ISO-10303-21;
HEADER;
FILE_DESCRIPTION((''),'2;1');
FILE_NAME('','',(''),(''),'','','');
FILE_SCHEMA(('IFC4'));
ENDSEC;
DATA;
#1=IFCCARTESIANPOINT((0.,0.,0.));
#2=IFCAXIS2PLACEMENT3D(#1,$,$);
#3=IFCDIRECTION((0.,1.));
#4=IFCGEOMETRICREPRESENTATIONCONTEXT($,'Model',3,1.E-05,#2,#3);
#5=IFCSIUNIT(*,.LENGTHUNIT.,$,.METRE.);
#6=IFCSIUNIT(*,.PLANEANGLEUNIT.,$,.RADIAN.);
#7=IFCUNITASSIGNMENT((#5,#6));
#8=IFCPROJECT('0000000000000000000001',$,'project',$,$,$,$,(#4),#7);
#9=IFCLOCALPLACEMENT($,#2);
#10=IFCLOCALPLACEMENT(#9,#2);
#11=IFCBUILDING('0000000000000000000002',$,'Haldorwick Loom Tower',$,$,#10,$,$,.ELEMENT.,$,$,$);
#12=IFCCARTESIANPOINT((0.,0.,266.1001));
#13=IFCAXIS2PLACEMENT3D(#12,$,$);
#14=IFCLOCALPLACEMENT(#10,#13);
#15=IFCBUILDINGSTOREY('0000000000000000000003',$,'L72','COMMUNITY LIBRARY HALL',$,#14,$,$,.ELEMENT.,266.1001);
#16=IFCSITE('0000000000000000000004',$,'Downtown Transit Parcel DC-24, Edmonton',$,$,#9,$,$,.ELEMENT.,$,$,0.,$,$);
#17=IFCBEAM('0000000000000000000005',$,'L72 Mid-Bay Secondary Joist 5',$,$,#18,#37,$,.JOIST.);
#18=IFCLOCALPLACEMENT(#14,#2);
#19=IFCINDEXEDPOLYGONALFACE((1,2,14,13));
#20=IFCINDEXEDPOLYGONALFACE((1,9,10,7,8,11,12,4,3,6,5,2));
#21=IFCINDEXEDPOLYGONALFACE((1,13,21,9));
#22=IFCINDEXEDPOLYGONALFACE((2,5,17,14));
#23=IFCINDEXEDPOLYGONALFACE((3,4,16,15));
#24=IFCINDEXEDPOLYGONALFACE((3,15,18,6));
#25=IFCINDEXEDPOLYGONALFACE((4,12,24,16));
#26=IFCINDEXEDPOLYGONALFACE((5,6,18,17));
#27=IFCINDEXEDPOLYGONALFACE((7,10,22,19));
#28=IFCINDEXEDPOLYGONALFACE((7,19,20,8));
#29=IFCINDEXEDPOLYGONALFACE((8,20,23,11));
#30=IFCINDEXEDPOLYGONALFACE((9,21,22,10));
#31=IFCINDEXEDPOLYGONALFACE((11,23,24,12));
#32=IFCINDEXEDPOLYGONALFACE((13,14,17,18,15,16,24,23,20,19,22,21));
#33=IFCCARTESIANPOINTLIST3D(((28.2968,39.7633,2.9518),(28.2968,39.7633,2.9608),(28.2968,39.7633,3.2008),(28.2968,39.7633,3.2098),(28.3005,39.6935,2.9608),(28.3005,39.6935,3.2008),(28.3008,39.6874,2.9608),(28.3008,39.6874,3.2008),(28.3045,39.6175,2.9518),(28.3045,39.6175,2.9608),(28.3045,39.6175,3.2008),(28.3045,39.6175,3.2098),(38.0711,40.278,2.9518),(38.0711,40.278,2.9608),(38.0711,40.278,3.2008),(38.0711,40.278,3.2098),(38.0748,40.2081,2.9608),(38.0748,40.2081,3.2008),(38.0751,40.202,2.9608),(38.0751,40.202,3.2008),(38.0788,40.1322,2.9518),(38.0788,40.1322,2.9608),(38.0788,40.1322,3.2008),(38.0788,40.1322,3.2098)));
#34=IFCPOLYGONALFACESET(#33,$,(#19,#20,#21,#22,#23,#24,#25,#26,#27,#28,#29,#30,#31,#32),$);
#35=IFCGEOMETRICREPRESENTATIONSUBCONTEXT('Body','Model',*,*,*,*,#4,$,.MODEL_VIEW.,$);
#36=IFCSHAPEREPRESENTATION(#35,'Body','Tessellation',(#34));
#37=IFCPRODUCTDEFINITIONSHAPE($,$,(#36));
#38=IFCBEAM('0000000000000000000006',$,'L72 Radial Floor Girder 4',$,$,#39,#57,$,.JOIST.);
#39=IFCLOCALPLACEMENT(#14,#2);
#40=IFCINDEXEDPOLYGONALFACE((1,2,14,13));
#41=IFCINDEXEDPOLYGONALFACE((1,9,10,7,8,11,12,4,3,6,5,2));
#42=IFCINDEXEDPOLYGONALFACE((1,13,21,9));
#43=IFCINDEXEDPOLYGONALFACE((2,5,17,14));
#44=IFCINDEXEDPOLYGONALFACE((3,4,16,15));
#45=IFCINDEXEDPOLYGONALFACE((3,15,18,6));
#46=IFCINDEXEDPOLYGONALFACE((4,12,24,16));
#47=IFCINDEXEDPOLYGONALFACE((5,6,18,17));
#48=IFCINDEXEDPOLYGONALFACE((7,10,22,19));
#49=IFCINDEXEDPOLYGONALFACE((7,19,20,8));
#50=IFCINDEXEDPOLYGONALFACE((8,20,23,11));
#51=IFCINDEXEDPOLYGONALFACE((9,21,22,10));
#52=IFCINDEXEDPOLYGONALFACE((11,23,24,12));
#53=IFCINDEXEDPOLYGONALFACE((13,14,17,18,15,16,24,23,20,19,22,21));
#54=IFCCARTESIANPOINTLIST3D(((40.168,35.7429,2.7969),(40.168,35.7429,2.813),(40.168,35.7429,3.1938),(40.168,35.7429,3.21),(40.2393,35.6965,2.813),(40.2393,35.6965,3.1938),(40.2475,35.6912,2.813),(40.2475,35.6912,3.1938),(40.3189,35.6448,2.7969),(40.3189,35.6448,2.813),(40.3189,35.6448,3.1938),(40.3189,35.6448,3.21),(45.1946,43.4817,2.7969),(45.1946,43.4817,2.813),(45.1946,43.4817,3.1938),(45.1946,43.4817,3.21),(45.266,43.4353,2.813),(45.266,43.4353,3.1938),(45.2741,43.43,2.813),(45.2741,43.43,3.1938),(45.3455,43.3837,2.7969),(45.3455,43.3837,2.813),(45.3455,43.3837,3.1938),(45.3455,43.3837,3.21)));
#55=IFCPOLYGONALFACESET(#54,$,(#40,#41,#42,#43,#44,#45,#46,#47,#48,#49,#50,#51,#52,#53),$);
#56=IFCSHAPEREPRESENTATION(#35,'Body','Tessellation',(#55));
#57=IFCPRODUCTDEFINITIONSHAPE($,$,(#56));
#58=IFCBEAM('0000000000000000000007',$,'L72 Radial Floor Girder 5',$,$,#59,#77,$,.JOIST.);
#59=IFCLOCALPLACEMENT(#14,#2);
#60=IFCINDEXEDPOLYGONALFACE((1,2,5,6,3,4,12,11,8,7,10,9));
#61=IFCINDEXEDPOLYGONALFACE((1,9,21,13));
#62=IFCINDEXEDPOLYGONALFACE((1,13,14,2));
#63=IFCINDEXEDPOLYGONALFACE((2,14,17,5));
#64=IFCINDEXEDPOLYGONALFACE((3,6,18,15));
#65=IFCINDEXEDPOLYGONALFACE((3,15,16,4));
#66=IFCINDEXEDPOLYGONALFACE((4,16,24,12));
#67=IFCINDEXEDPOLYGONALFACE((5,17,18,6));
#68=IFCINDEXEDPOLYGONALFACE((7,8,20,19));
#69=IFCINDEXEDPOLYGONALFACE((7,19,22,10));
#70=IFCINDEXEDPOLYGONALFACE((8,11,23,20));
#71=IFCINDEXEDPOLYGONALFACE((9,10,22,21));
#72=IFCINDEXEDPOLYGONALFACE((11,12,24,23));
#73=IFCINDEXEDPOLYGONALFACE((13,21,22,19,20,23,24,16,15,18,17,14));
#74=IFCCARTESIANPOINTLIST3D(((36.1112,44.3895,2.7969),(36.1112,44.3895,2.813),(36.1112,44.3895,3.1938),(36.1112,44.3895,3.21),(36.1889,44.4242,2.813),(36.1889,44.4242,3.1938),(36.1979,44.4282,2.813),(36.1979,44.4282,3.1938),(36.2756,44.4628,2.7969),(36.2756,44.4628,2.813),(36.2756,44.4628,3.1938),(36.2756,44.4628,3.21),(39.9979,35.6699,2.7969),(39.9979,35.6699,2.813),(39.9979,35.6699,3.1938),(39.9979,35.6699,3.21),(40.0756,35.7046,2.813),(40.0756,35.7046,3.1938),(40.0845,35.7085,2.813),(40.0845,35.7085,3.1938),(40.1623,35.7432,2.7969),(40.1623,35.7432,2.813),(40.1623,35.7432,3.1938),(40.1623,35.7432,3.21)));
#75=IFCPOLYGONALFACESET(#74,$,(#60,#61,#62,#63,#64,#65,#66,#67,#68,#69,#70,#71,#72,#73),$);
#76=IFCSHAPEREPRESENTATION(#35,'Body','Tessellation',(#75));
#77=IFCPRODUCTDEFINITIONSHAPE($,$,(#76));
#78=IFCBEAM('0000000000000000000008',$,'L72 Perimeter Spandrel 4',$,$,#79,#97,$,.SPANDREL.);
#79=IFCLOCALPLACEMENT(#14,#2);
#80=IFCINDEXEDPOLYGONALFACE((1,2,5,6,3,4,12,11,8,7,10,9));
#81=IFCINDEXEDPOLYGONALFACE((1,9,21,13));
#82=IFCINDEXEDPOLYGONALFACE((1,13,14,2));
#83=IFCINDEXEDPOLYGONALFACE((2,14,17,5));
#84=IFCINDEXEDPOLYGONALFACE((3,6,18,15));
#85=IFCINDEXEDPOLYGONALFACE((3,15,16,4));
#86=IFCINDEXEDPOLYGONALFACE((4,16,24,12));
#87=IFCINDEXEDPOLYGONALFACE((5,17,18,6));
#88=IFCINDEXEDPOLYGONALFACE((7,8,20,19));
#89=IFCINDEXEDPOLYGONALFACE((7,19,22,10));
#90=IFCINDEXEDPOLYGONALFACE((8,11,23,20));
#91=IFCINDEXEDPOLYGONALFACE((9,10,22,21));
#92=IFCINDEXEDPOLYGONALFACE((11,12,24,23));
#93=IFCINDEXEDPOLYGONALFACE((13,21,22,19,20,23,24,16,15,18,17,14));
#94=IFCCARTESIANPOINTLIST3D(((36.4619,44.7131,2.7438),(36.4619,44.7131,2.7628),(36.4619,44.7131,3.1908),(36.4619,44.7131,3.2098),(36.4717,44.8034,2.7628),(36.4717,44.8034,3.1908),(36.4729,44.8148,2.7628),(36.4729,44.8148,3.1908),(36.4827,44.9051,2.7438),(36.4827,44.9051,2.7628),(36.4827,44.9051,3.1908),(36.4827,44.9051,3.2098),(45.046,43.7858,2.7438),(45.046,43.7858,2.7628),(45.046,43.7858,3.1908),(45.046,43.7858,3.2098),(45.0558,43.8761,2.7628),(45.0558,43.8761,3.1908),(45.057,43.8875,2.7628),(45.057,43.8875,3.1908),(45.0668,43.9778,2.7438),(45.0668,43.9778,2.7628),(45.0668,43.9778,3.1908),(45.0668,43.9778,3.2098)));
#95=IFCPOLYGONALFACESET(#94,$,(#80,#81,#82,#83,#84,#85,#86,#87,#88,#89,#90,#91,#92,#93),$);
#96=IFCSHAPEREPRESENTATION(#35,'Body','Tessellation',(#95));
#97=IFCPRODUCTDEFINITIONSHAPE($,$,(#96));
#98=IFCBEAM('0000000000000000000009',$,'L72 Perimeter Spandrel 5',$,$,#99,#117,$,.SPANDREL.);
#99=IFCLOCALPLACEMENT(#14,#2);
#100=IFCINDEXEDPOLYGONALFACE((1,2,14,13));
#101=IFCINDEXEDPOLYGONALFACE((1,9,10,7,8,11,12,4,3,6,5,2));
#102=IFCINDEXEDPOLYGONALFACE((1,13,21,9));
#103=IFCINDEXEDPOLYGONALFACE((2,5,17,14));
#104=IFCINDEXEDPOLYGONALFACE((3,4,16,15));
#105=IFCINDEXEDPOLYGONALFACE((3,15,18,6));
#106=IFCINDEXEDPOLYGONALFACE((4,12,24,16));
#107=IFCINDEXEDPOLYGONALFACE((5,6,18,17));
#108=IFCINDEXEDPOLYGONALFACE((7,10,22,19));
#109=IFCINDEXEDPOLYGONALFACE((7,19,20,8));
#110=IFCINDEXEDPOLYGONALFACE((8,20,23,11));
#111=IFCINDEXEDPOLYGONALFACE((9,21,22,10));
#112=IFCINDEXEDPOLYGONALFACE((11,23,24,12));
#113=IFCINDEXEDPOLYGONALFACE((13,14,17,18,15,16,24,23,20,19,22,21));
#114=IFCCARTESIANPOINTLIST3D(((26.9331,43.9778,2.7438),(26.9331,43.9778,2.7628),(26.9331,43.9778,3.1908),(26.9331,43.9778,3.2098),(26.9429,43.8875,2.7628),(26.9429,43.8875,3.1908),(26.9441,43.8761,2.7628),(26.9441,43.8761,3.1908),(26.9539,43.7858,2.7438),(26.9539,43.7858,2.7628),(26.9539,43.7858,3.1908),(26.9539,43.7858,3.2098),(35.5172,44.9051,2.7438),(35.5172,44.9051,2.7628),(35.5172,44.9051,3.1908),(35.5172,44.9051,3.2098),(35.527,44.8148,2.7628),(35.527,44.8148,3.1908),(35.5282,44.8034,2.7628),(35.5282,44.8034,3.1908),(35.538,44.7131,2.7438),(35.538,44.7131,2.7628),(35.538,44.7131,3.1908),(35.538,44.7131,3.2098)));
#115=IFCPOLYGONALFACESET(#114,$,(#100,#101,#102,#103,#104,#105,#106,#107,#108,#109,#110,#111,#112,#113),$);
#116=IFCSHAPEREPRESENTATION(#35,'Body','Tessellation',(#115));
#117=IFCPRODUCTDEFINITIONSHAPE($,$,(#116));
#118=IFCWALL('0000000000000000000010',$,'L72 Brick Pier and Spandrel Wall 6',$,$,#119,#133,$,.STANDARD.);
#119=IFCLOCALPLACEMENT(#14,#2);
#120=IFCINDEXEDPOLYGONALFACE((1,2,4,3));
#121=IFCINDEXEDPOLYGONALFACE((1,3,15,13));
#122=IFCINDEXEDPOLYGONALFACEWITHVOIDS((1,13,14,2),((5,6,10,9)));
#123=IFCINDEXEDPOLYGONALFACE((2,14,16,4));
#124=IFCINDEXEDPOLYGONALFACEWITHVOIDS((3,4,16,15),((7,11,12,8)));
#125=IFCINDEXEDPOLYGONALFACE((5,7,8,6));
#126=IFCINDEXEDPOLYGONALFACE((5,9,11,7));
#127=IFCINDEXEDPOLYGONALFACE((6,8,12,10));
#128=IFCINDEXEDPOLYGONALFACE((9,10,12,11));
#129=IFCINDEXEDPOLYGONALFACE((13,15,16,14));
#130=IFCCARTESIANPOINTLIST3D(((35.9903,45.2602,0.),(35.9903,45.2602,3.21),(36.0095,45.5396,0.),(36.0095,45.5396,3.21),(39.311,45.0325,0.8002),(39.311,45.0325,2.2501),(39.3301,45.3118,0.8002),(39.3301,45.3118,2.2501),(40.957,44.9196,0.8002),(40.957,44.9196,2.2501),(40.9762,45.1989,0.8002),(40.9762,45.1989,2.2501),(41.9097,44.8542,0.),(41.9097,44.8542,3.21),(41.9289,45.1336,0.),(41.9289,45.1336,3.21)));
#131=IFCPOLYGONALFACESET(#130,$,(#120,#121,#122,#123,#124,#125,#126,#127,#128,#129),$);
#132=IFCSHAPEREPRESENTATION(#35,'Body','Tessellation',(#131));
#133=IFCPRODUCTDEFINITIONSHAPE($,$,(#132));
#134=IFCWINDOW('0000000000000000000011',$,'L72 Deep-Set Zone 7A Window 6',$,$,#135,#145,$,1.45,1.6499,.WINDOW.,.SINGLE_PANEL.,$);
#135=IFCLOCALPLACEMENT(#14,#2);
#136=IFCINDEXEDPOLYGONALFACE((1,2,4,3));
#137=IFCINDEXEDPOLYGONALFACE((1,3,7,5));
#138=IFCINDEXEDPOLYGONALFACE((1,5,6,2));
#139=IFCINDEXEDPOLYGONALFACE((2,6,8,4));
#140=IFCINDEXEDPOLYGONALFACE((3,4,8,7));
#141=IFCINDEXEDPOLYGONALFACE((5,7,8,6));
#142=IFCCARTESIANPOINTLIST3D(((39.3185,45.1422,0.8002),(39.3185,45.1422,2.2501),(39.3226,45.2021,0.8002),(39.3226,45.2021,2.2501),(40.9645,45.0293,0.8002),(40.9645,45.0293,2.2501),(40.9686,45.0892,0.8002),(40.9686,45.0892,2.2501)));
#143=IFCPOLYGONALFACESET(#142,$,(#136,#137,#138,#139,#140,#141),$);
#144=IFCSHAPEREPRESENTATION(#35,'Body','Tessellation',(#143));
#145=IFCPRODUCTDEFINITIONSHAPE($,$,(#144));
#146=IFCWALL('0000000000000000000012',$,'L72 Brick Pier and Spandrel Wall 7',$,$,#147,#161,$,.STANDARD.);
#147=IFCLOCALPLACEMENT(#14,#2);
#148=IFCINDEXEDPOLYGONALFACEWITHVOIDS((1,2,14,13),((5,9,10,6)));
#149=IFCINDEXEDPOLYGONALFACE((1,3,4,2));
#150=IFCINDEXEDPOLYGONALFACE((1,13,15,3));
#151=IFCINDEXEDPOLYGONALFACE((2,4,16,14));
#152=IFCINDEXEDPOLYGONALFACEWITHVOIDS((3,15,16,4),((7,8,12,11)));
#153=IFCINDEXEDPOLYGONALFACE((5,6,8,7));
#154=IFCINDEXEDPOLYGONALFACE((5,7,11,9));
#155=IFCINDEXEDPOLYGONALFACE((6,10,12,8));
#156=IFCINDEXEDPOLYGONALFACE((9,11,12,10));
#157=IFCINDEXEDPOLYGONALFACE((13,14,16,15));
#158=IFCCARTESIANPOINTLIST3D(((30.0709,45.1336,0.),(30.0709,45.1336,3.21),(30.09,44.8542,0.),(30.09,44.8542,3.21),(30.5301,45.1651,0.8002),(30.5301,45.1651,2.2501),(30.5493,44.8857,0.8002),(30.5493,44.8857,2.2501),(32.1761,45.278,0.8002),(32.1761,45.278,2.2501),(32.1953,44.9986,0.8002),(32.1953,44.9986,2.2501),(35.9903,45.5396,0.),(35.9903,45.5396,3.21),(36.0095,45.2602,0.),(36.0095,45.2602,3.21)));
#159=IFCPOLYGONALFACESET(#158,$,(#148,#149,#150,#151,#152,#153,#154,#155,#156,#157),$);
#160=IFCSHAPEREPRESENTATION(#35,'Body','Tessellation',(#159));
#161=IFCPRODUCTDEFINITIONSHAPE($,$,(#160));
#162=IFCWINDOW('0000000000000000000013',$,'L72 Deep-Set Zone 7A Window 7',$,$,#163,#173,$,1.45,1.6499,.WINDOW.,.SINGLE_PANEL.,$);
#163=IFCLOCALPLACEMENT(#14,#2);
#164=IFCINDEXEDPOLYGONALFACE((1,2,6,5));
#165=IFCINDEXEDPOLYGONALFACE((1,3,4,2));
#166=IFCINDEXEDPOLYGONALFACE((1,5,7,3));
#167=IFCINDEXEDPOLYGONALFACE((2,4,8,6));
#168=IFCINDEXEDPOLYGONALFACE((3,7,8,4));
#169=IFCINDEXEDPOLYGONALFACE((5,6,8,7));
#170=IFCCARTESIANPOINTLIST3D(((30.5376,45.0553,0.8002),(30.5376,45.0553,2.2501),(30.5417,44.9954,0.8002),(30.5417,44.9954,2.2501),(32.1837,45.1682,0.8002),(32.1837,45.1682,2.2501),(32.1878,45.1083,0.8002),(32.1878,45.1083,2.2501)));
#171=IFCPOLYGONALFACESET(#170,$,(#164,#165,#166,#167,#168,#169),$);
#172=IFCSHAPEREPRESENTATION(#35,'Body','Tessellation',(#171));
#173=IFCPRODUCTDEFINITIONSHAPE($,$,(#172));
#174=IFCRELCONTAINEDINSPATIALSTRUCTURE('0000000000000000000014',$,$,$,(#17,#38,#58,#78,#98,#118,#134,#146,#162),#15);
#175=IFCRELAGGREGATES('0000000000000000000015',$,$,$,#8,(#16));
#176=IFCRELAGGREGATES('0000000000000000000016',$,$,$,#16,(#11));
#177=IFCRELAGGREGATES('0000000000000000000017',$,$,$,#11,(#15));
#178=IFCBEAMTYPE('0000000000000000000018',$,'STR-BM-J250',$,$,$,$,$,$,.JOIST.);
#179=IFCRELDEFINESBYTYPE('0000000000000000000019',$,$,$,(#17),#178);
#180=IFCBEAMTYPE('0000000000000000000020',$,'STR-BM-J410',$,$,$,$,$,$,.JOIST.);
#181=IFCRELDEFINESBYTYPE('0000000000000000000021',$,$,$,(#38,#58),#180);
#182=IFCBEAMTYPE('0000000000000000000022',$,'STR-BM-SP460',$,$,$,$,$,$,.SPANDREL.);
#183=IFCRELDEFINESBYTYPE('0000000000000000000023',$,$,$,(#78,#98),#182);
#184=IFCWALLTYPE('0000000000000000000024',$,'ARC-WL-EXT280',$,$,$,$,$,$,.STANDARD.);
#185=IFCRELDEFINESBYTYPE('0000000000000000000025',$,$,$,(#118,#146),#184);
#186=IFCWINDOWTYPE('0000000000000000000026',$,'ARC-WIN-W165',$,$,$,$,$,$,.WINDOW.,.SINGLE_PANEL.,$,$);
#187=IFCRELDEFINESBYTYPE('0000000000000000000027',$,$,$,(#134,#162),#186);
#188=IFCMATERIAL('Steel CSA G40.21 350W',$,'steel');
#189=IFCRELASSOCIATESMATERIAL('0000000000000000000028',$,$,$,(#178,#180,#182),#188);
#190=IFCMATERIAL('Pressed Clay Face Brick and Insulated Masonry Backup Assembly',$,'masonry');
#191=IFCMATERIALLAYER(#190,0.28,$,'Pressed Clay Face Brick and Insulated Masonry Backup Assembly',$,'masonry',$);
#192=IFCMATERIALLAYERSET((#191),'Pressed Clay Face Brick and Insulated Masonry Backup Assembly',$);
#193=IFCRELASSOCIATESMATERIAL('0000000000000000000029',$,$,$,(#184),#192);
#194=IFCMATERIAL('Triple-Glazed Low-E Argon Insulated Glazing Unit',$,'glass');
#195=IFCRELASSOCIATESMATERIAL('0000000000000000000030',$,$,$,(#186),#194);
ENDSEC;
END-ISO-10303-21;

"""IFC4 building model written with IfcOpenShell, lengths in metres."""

from ifc_helpers import new_model, si_unit, direction, frame, frame_2d, origin, origin_2d, place, context, subcontext, project, spatial, rectangle, i_section, extrude, material, layer, layer_set, material_profile, profile_set, type_object, element, fill, save


model = new_model("IFC4")

# Units and contexts
model_context = context("Model", 3, precision=1e-05, world=origin(), true_north=direction((0.0, 1.0)))
body_context = subcontext(model_context, "Body", "Model", "MODEL_VIEW")
ifc_project = project(units=[si_unit("LENGTHUNIT", "METRE"), si_unit("PLANEANGLEUNIT", "RADIAN")], contexts=[model_context])

# Site, building, storey
site_placement = place(None, origin())
site = spatial("IfcSite", under=ifc_project, at=site_placement, Name="Downtown Transit Parcel DC-24, Edmonton", CompositionType="ELEMENT", RefElevation=0.0)
building_placement = place(site_placement, origin())
building = spatial("IfcBuilding", under=site, at=building_placement, Name="Haldorwick Loom Tower", CompositionType="ELEMENT")
storey_placement = place(building_placement, frame((0.0, 0.0, 266.1001)))
storey = spatial("IfcBuildingStorey", under=building, at=storey_placement, Name="L72", Description="COMMUNITY LIBRARY HALL", CompositionType="ELEMENT", Elevation=266.1001)

# Shared definitions
ifc_material_1 = material(Name="Steel CSA G40.21 350W", Category="steel")

# Beams
ifc_material_profile_1 = material_profile(ifc_material_1, i_section(OverallWidth=0.146, OverallDepth=0.2581, WebThickness=0.0061, FlangeThickness=0.009, at=origin_2d()), Name="W250X33", Category="steel")
ifc_profile_set_1 = profile_set([ifc_material_profile_1], Name="Steel CSA G40.21 350W")
beam_type_1 = type_object("IfcBeamType", Name="STR-BM-J250", PredefinedType="JOIST", material=ifc_profile_set_1)
beam_1_placement = place(storey_placement, frame((38.075, 40.2051, 3.0808), z_axis=(-0.998617, -0.05258, 0.0), x_axis=(0.05258, -0.998617, 0.0)))
element("IfcBeam", 1, at=beam_1_placement, inside=storey, type_object=beam_type_1, Name="L72 Mid-Bay Secondary Joist 5", PredefinedType="JOIST", context=body_context, shape_type="SweptSolid", body=[
    extrude(i_section(OverallWidth=0.146, OverallDepth=0.2581, WebThickness=0.0061, FlangeThickness=0.009, at=origin_2d()), origin(), (0.0, 0.0, 1.0), 9.7878),
])
ifc_material_profile_2 = material_profile(ifc_material_1, i_section(OverallWidth=0.1799, OverallDepth=0.4131, WebThickness=0.0098, FlangeThickness=0.0161, at=origin_2d()), Name="W410X74", Category="steel")
ifc_profile_set_2 = profile_set([ifc_material_profile_2], Name="Steel CSA G40.21 350W")
beam_type_2 = type_object("IfcBeamType", Name="STR-BM-J410", PredefinedType="JOIST", material=ifc_profile_set_2)
beam_2_placement = place(storey_placement, frame((40.2434, 35.6938, 3.0034), z_axis=(0.544715, 0.838621, 0.0), x_axis=(-0.838621, 0.544715, 0.0)))
element("IfcBeam", 2, at=beam_2_placement, inside=storey, type_object=beam_type_2, Name="L72 Radial Floor Girder 4", PredefinedType="JOIST", context=body_context, shape_type="SweptSolid", body=[
    extrude(i_section(OverallWidth=0.1799, OverallDepth=0.4131, WebThickness=0.0098, FlangeThickness=0.0161, at=origin_2d()), origin(), (0.0, 0.0, 1.0), 9.228),
])
beam_3_placement = place(storey_placement, frame((40.0801, 35.7065, 3.0034), z_axis=(-0.407125, 0.913372, 0.0), x_axis=(-0.913372, -0.407125, 0.0)))
element("IfcBeam", 3, at=beam_3_placement, inside=storey, type_object=beam_type_2, Name="L72 Radial Floor Girder 5", PredefinedType="JOIST", context=body_context, shape_type="SweptSolid", body=[
    extrude(i_section(OverallWidth=0.1799, OverallDepth=0.4131, WebThickness=0.0098, FlangeThickness=0.0161, at=origin_2d()), origin(), (0.0, 0.0, 1.0), 9.5466),
])
ifc_material_profile_3 = material_profile(ifc_material_1, i_section(OverallWidth=0.1931, OverallDepth=0.4661, WebThickness=0.0115, FlangeThickness=0.019, at=origin_2d()), Name="W460X97", Category="steel")
ifc_profile_set_3 = profile_set([ifc_material_profile_3], Name="Steel CSA G40.21 350W")
beam_type_3 = type_object("IfcBeamType", Name="STR-BM-SP460", PredefinedType="SPANDREL", material=ifc_profile_set_3)
for number, where, z_axis, x_axis, name in (
    (4, (45.0564, 43.8818, 2.9768), (-0.994216, 0.107396, 0.0), (-0.107396, -0.994216, 0.0), "L72 Perimeter Spandrel 4"),
    (5, (35.5276, 44.8091, 2.9768), (-0.994216, -0.107396, 0.0), (0.107396, -0.994216, 0.0), "L72 Perimeter Spandrel 5"),
):
    element("IfcBeam", number, at=place(storey_placement, frame(where, z_axis=z_axis, x_axis=x_axis)), inside=storey, type_object=beam_type_3, Name=name, PredefinedType="SPANDREL", context=body_context, shape_type="SweptSolid", body=[
        extrude(i_section(OverallWidth=0.1931, OverallDepth=0.4661, WebThickness=0.0115, FlangeThickness=0.019, at=origin_2d()), origin(), (0.0, 0.0, 1.0), 8.634),
    ])

# Walls, openings, windows
ifc_material_2 = material(Name="Pressed Clay Face Brick and Insulated Masonry Backup Assembly", Category="masonry")
ifc_layer = layer(ifc_material_2, 0.28, Name="Pressed Clay Face Brick and Insulated Masonry Backup Assembly", Category="masonry")
ifc_layer_set = layer_set([ifc_layer], Name="Pressed Clay Face Brick and Insulated Masonry Backup Assembly")
wall_type = type_object("IfcWallType", Name="ARC-WL-EXT280", PredefinedType="STANDARD", material=ifc_layer_set)
wall_1_placement = place(storey_placement, frame((41.9194, 44.9939, 0.0), z_axis=(0.0, 0.0, 1.0), x_axis=(-0.997656, 0.068428, 0.0)))
wall_1 = element("IfcWall", 6, at=wall_1_placement, inside=storey, type_object=wall_type, Name="L72 Brick Pier and Spandrel Wall 6", PredefinedType="STANDARD", context=body_context, shape_type="SweptSolid", body=[
    extrude(rectangle(XDim=5.9333, YDim=0.28, at=frame_2d((2.9668, 0.0))), origin(), (0.0, 0.0, 1.0), 3.21),
])
opening_1_placement = place(wall_1_placement, frame((0.9551, 0.0, 0.8)))
opening_1 = element("IfcOpeningElement", 7, at=opening_1_placement, cuts=wall_1, PredefinedType="OPENING", context=body_context, shape_type="SweptSolid", body=[
    extrude(rectangle(XDim=1.6499, YDim=1.45, at=frame_2d((0.825, 0.7251))), frame((0.0, 0.1499, 0.0), z_axis=(0.0, -1.0, 0.0), x_axis=(1.0, 0.0, 0.0)), (0.0, 0.0, 1.0), 0.3),
])
ifc_material_3 = material(Name="Triple-Glazed Low-E Argon Insulated Glazing Unit", Category="glass")
window_type = type_object("IfcWindowType", Name="ARC-WIN-W165", PartitioningType="SINGLE_PANEL", PredefinedType="WINDOW", material=ifc_material_3)
window_1_placement = place(opening_1_placement, origin())
window_1 = element("IfcWindow", 8, at=window_1_placement, inside=storey, type_object=window_type, Name="L72 Deep-Set Zone 7A Window 6", OverallHeight=1.45, OverallWidth=1.6499, PartitioningType="SINGLE_PANEL", PredefinedType="WINDOW", context=body_context, shape_type="SweptSolid", body=[
    extrude(rectangle(XDim=1.6499, YDim=1.45, at=frame_2d((0.825, 0.7251))), frame((0.0, 0.03, 0.0), z_axis=(0.0, -1.0, 0.0), x_axis=(1.0, 0.0, 0.0)), (0.0, 0.0, 1.0), 0.0601),
])
fill(opening_1, window_1)
wall_2_placement = place(storey_placement, frame((36.0, 45.3999, 0.0), z_axis=(0.0, 0.0, 1.0), x_axis=(-0.997656, -0.068428, 0.0)))
wall_2 = element("IfcWall", 9, at=wall_2_placement, inside=storey, type_object=wall_type, Name="L72 Brick Pier and Spandrel Wall 7", PredefinedType="STANDARD", context=body_context, shape_type="SweptSolid", body=[
    extrude(rectangle(XDim=5.9333, YDim=0.28, at=frame_2d((2.9668, 0.0))), origin(), (0.0, 0.0, 1.0), 3.21),
])
opening_2_placement = place(wall_2_placement, frame((3.8232, 0.0, 0.8)))
opening_2 = element("IfcOpeningElement", 10, at=opening_2_placement, cuts=wall_2, PredefinedType="OPENING", context=body_context, shape_type="SweptSolid", body=[
    extrude(rectangle(XDim=1.6499, YDim=1.45, at=frame_2d((0.825, 0.7251))), frame((0.0, 0.1499, 0.0), z_axis=(0.0, -1.0, 0.0), x_axis=(1.0, 0.0, 0.0)), (0.0, 0.0, 1.0), 0.3),
])
window_2_placement = place(opening_2_placement, origin())
window_2 = element("IfcWindow", 11, at=window_2_placement, inside=storey, type_object=window_type, Name="L72 Deep-Set Zone 7A Window 7", OverallHeight=1.45, OverallWidth=1.6499, PartitioningType="SINGLE_PANEL", PredefinedType="WINDOW", context=body_context, shape_type="SweptSolid", body=[
    extrude(rectangle(XDim=1.6499, YDim=1.45, at=frame_2d((0.825, 0.7251))), frame((0.0, 0.03, 0.0), z_axis=(0.0, -1.0, 0.0), x_axis=(1.0, 0.0, 0.0)), (0.0, 0.0, 1.0), 0.0601),
])
fill(opening_2, window_2)

save(model, "model.ifc")
